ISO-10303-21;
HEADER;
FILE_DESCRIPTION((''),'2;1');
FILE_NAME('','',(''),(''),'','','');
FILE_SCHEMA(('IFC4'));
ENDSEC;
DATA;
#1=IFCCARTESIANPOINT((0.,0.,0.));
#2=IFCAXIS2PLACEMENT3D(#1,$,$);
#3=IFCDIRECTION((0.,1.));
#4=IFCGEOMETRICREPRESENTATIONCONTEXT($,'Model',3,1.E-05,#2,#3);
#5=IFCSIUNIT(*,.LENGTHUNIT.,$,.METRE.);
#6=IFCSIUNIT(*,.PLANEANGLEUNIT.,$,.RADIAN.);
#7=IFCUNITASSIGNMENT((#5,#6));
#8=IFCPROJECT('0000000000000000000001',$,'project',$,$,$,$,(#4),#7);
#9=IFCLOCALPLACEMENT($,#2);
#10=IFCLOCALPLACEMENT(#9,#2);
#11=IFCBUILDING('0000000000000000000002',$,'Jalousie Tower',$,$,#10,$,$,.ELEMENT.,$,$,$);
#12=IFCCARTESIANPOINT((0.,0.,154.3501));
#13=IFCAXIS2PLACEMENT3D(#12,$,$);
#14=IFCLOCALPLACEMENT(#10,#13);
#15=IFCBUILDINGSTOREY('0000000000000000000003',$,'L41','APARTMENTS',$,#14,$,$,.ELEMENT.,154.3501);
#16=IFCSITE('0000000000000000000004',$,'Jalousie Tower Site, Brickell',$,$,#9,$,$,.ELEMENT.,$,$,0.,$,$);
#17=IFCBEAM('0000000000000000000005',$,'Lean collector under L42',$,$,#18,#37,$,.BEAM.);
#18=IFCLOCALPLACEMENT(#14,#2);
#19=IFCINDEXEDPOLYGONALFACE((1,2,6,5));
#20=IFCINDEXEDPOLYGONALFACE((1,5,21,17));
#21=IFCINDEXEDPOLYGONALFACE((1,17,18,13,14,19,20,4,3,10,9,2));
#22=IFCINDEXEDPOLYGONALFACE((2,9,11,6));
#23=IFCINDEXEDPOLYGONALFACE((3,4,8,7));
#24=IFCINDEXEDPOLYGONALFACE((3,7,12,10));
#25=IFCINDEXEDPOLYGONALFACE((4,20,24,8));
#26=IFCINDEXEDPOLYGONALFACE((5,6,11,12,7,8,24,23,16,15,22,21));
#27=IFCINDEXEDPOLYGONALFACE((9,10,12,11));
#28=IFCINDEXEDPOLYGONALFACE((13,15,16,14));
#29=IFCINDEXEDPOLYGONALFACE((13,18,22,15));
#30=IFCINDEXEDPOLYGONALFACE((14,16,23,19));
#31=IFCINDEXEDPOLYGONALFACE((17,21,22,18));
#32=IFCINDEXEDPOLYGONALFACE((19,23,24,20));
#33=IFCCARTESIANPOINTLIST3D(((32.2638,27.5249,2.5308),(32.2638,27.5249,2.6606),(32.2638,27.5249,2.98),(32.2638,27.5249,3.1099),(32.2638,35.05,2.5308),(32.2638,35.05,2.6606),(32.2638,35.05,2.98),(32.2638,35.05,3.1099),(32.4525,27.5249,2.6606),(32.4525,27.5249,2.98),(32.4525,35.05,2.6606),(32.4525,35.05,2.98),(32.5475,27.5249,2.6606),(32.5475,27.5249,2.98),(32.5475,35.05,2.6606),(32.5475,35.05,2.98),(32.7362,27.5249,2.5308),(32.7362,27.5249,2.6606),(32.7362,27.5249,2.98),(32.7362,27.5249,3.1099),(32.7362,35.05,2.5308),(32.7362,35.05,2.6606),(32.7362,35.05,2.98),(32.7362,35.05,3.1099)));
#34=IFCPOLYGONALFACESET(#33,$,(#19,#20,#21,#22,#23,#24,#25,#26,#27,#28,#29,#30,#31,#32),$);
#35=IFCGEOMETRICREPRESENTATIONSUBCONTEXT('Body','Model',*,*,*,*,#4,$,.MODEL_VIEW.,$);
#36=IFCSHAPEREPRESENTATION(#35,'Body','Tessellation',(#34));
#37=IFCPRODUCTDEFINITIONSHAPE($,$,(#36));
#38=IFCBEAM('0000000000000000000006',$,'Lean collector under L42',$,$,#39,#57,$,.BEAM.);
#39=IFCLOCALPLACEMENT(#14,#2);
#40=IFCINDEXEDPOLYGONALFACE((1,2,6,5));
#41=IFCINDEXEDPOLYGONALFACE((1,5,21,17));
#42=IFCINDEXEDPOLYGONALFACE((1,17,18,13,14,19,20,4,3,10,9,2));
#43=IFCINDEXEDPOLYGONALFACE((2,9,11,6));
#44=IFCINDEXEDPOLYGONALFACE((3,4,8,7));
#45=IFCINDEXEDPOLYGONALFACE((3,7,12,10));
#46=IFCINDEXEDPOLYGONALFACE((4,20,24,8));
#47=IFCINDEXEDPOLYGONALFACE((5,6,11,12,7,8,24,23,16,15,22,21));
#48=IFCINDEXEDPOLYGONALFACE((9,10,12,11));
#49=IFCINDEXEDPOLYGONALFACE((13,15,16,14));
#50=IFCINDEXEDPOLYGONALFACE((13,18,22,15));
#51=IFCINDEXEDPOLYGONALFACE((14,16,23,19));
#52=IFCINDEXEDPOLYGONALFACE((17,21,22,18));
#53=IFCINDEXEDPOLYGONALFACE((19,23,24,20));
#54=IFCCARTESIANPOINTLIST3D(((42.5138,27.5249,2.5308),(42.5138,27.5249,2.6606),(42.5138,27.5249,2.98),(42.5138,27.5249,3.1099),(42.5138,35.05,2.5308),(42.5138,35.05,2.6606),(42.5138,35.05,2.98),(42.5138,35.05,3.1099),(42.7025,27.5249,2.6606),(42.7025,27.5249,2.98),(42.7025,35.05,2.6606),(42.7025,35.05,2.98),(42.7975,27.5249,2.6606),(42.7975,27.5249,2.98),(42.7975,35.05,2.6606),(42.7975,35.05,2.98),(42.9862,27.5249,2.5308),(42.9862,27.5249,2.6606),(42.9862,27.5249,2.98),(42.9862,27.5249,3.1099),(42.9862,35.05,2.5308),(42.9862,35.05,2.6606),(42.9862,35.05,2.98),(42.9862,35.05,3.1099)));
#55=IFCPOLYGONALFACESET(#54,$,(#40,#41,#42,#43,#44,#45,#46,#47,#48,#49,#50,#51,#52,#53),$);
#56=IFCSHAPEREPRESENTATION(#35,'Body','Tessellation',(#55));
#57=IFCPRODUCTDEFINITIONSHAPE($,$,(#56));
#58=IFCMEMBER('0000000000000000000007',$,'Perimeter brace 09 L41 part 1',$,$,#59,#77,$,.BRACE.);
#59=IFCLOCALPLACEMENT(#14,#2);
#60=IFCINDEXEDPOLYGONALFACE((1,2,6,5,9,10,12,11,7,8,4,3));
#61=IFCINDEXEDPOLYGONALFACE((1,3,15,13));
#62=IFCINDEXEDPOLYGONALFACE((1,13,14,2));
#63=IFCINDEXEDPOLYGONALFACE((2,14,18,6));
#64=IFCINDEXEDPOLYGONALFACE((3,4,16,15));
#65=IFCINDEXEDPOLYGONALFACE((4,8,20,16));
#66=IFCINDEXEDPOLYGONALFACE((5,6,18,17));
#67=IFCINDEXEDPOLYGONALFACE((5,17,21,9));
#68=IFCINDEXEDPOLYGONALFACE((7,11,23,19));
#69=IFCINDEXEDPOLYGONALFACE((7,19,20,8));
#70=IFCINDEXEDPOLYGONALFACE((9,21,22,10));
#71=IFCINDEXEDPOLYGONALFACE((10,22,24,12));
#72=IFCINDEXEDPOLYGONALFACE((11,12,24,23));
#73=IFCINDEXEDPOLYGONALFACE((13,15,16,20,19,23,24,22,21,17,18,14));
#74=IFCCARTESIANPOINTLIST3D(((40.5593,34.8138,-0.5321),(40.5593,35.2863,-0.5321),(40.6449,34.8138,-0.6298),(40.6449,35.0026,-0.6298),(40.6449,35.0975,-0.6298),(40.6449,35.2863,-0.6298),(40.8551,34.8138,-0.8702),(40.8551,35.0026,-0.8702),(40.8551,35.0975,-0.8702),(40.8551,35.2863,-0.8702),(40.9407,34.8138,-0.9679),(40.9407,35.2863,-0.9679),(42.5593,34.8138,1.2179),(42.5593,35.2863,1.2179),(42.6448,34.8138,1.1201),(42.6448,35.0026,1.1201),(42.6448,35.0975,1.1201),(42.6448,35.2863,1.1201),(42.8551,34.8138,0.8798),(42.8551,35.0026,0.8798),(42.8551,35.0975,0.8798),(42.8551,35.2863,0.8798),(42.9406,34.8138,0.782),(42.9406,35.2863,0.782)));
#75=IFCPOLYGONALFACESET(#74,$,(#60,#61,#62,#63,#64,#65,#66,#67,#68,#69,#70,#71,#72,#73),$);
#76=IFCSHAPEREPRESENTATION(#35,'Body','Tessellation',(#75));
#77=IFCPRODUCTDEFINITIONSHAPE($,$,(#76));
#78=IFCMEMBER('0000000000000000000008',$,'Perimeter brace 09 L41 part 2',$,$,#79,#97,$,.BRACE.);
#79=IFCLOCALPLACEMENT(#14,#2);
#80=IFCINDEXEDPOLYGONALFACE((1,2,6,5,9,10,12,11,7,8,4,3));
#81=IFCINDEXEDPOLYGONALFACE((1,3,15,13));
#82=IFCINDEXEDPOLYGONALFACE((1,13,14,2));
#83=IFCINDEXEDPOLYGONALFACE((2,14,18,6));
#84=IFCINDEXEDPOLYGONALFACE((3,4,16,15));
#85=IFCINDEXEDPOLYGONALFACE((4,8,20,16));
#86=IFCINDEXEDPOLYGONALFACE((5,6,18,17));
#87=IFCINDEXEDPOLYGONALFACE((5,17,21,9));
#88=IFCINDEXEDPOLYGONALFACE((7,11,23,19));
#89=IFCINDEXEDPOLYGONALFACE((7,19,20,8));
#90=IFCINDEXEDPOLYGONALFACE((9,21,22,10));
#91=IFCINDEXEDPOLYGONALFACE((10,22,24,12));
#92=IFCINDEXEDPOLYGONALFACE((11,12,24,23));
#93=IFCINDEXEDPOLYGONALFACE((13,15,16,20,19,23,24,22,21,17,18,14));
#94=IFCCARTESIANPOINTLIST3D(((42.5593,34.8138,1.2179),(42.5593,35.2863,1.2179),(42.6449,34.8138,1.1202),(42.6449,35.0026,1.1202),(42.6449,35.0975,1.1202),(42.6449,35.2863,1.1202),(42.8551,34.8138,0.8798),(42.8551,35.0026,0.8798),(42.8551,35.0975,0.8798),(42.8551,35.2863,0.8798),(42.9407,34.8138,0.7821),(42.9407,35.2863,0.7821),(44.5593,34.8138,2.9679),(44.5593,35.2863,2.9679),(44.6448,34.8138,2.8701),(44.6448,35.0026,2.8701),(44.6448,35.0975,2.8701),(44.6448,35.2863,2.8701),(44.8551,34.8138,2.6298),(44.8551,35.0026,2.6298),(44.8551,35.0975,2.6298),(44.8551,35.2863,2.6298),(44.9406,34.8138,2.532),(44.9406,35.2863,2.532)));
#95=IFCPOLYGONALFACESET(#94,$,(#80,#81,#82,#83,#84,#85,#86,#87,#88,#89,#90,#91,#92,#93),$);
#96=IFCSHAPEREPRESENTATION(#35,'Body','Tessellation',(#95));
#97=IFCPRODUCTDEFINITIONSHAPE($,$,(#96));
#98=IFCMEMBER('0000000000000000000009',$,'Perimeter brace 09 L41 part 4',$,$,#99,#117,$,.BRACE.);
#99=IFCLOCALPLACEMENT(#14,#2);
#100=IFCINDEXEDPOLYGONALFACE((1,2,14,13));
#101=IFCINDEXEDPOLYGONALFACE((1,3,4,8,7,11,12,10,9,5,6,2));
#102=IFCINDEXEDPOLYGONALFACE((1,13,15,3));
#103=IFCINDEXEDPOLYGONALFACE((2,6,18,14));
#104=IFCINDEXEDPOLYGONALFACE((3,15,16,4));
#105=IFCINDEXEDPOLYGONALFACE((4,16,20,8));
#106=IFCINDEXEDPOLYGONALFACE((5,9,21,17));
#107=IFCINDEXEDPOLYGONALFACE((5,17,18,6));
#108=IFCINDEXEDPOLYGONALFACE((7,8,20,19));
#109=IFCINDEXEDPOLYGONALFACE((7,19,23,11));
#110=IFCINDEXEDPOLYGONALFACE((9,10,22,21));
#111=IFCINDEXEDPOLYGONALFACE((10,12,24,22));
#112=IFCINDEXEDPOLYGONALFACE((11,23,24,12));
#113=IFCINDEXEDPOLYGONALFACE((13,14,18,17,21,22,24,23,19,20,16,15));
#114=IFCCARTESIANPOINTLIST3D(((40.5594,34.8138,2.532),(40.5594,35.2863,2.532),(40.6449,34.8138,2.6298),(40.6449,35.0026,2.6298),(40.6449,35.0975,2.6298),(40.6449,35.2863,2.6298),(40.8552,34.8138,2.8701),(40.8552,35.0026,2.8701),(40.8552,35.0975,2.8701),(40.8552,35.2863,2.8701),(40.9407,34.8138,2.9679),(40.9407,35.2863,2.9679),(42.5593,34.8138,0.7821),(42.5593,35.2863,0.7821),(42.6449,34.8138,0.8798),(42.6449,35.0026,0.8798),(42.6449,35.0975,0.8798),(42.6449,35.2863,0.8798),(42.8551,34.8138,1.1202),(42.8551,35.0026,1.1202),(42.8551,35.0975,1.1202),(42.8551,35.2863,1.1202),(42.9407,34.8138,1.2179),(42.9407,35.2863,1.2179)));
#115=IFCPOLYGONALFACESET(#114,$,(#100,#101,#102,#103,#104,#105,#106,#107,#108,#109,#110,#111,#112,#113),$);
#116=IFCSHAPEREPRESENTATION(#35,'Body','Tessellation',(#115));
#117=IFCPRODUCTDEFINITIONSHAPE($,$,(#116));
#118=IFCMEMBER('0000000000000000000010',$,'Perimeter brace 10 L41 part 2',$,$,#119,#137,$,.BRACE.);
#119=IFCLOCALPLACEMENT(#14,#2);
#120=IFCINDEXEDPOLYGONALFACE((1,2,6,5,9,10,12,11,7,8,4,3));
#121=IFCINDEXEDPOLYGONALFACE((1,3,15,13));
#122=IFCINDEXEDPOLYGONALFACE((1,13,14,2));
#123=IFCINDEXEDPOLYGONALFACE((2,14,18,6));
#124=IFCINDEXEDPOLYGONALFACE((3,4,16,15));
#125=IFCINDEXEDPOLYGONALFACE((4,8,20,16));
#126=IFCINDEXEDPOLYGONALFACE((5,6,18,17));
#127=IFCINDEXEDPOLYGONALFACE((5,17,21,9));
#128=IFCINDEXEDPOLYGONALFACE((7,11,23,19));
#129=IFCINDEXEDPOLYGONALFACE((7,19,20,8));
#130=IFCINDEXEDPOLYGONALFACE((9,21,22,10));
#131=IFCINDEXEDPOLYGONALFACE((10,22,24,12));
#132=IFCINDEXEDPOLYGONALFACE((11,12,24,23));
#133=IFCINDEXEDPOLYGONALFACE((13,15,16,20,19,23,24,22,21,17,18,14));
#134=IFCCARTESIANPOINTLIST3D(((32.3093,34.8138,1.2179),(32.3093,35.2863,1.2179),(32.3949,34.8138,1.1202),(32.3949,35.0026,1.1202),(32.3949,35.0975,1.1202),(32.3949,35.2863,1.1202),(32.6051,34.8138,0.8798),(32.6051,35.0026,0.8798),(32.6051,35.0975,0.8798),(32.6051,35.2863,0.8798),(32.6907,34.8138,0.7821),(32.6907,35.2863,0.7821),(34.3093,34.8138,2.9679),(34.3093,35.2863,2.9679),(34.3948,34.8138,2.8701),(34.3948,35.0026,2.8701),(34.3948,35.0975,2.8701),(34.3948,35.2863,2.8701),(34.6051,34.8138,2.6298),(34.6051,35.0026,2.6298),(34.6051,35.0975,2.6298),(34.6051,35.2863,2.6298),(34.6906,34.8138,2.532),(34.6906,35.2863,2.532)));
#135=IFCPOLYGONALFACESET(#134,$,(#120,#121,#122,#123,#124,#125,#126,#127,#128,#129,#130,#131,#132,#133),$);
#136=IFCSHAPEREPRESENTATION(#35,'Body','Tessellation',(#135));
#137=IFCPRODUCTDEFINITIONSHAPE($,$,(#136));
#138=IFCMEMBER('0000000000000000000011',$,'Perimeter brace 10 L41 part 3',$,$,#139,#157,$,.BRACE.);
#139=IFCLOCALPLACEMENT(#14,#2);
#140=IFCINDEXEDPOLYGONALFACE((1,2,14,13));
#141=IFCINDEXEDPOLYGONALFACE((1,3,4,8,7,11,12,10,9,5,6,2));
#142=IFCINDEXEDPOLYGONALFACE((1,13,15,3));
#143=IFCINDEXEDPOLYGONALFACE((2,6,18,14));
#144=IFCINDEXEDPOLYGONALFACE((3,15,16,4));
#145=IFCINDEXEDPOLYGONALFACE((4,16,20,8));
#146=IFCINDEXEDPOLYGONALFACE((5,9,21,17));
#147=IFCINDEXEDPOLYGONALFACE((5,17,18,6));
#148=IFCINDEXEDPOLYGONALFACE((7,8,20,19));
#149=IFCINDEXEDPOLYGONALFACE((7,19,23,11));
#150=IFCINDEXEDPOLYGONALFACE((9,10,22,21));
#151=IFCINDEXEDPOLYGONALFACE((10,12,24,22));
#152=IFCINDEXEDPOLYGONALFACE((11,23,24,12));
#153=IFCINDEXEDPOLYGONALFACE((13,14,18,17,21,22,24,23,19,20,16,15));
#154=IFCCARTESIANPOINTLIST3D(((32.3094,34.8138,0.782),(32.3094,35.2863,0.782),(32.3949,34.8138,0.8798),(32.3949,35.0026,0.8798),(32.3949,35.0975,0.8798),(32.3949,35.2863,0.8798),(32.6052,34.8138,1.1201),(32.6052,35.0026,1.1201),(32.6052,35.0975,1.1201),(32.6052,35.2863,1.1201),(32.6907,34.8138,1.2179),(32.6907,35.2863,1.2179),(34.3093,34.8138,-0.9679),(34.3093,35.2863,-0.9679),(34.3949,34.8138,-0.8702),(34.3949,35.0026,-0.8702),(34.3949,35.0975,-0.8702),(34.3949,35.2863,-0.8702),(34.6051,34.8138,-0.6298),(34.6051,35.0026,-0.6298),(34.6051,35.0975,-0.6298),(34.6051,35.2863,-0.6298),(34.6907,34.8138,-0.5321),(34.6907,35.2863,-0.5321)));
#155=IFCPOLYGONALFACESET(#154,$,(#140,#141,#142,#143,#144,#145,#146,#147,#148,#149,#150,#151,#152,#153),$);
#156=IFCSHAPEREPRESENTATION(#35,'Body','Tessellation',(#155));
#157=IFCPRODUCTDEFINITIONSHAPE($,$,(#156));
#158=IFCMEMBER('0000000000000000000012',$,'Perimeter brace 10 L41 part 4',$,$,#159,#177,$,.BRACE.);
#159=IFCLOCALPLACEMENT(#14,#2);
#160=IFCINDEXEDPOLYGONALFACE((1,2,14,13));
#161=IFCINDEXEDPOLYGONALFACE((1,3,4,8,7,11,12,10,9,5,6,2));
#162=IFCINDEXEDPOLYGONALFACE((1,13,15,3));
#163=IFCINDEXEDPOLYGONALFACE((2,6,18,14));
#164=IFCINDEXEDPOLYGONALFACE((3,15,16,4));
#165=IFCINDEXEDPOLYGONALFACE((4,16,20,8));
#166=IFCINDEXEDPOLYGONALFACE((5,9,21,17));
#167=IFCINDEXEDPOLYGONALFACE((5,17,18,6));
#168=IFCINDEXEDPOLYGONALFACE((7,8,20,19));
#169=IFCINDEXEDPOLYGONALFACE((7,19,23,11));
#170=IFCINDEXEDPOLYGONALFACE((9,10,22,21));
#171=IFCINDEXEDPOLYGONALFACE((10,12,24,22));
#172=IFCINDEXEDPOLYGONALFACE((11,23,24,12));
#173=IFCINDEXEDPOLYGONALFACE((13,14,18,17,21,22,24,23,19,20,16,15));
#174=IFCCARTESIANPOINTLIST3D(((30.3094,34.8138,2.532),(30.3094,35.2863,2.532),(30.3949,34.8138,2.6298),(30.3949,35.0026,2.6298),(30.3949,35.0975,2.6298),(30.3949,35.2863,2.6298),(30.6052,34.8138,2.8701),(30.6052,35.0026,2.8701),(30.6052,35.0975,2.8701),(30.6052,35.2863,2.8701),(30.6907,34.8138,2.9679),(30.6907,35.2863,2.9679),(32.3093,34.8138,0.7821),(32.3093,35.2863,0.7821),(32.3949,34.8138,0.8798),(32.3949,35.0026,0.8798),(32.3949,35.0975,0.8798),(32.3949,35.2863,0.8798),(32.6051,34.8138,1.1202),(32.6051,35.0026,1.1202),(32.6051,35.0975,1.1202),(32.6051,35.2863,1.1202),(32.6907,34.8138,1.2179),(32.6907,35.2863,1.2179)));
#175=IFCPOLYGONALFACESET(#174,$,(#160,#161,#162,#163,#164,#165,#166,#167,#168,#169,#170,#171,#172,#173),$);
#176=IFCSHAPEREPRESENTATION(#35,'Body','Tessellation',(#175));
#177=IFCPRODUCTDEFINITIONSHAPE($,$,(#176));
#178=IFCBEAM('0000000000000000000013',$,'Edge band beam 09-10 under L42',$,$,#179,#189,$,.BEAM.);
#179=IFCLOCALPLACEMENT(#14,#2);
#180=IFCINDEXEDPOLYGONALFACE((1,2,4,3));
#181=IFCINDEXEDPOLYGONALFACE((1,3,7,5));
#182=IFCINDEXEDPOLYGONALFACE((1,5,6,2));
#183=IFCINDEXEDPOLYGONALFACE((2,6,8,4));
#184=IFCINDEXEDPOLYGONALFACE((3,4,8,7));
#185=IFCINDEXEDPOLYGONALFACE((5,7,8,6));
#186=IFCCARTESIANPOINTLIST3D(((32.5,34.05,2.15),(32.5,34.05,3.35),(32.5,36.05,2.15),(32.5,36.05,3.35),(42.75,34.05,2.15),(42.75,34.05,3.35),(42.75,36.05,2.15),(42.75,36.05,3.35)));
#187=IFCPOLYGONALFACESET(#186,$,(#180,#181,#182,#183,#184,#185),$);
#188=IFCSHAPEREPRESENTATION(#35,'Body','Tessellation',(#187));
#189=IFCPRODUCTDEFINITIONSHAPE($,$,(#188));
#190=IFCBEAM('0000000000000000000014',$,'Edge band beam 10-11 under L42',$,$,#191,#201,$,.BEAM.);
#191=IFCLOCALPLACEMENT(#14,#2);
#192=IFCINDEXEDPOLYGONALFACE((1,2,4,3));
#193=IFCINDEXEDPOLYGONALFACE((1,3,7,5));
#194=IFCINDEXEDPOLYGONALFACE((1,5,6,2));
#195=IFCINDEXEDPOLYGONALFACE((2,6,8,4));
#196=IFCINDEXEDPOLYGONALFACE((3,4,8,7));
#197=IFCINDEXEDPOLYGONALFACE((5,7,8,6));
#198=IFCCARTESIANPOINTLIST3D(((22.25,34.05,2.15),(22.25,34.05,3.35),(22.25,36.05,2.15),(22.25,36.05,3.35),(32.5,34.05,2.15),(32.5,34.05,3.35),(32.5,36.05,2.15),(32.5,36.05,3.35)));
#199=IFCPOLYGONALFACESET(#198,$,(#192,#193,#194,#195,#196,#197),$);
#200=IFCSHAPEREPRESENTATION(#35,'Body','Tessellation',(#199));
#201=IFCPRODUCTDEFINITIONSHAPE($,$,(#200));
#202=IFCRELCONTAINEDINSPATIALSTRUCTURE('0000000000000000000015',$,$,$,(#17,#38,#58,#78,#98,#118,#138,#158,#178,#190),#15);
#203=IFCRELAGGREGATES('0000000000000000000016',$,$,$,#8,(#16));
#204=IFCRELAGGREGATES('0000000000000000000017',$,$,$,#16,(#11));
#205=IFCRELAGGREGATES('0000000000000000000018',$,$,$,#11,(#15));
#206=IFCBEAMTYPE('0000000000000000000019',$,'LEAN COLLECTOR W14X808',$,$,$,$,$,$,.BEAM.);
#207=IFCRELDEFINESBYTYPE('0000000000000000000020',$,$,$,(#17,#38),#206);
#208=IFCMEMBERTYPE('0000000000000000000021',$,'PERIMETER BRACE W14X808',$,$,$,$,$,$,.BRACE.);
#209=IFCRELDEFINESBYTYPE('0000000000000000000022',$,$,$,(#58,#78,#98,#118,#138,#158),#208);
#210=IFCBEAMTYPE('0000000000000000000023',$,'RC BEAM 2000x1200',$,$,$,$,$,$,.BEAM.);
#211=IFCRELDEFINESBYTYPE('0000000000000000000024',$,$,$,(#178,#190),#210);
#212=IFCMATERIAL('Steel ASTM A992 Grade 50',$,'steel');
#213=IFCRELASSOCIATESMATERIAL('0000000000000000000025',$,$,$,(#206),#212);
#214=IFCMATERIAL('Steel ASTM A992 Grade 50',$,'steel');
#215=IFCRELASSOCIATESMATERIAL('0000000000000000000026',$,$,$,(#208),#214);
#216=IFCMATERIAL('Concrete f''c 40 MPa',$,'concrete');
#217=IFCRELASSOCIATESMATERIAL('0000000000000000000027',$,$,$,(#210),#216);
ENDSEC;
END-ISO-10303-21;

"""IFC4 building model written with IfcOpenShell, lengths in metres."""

from ifc_helpers import new_model, si_unit, direction, frame, origin, origin_2d, place, context, subcontext, project, spatial, rectangle, i_section, extrude, material, material_profile, profile_set, type_object, element, save


model = new_model("IFC4")

# Units and contexts
model_context = context("Model", 3, precision=1e-05, world=origin(), true_north=direction((0.0, 1.0)))
body_context = subcontext(model_context, "Body", "Model", "MODEL_VIEW")
ifc_project = project(units=[si_unit("LENGTHUNIT", "METRE"), si_unit("PLANEANGLEUNIT", "RADIAN")], contexts=[model_context])

# Site, building, storey
site_placement = place(None, origin())
site = spatial("IfcSite", under=ifc_project, at=site_placement, Name="Jalousie Tower Site, Brickell", CompositionType="ELEMENT", RefElevation=0.0)
building_placement = place(site_placement, origin())
building = spatial("IfcBuilding", under=site, at=building_placement, Name="Jalousie Tower", CompositionType="ELEMENT")
storey_placement = place(building_placement, frame((0.0, 0.0, 154.3501)))
storey = spatial("IfcBuildingStorey", under=building, at=storey_placement, Name="L41", Description="APARTMENTS", CompositionType="ELEMENT", Elevation=154.3501)

# Beams
ifc_material_1 = material(Name="Steel ASTM A992 Grade 50", Category="steel")
ifc_material_profile_1 = material_profile(ifc_material_1, i_section(OverallWidth=0.4724, OverallDepth=0.5791, WebThickness=0.095, FlangeThickness=0.1299, at=origin_2d()), Name="W14X808")
ifc_profile_set_1 = profile_set([ifc_material_profile_1], Name="Steel ASTM A992 Grade 50")
beam_type_1 = type_object("IfcBeamType", Name="LEAN COLLECTOR W14X808", PredefinedType="BEAM", material=ifc_profile_set_1)
for number, where, z_axis, x_axis, name in (
    (1, (32.5, 35.05, 2.8203), (0.0, -1.0, 0.0), (1.0, 0.0, 0.0), "Lean collector under L42"),
    (2, (42.75, 35.05, 2.8203), (0.0, -1.0, 0.0), (1.0, 0.0, 0.0), "Lean collector under L42"),
):
    element("IfcBeam", number, at=place(storey_placement, frame(where, z_axis=z_axis, x_axis=x_axis)), inside=storey, type_object=beam_type_1, Name=name, PredefinedType="BEAM", context=body_context, shape_type="SweptSolid", body=[
        extrude(i_section(OverallWidth=0.4724, OverallDepth=0.5791, WebThickness=0.095, FlangeThickness=0.1299, at=origin_2d()), origin(), (0.0, 0.0, 1.0), 7.5251),
    ])

# Members
ifc_material_2 = material(Name="Steel ASTM A992 Grade 50", Category="steel")
ifc_material_profile_2 = material_profile(ifc_material_2, i_section(OverallWidth=0.4724, OverallDepth=0.5791, WebThickness=0.095, FlangeThickness=0.1299, at=origin_2d()), Name="W14X808")
ifc_profile_set_2 = profile_set([ifc_material_profile_2], Name="Steel ASTM A992 Grade 50")
member_type_1 = type_object("IfcMemberType", Name="PERIMETER BRACE W14X808", PredefinedType="BRACE", material=ifc_profile_set_2)
for number, where, z_axis, x_axis, name in (
    (3, (40.75, 35.05, -0.75), (0.752577, 0.0, 0.658505), (0.0, 1.0, 0.0), "Perimeter brace 09 L41 part 1"),
    (4, (42.75, 35.05, 1.0), (0.752577, 0.0, 0.658505), (0.0, 1.0, 0.0), "Perimeter brace 09 L41 part 2"),
    (5, (42.75, 35.05, 1.0), (-0.752577, 0.0, 0.658505), (0.0, -1.0, 0.0), "Perimeter brace 09 L41 part 4"),
    (6, (32.5, 35.05, 1.0), (0.752577, 0.0, 0.658505), (0.0, 1.0, 0.0), "Perimeter brace 10 L41 part 2"),
    (7, (34.5, 35.05, -0.75), (-0.752577, 0.0, 0.658505), (0.0, -1.0, 0.0), "Perimeter brace 10 L41 part 3"),
    (8, (32.5, 35.05, 1.0), (-0.752577, 0.0, 0.658505), (0.0, -1.0, 0.0), "Perimeter brace 10 L41 part 4"),
):
    element("IfcMember", number, at=place(storey_placement, frame(where, z_axis=z_axis, x_axis=x_axis)), inside=storey, type_object=member_type_1, Name=name, PredefinedType="BRACE", context=body_context, shape_type="SweptSolid", body=[
        extrude(i_section(OverallWidth=0.4724, OverallDepth=0.5791, WebThickness=0.095, FlangeThickness=0.1299, at=origin_2d()), origin(), (0.0, 0.0, 1.0), 2.6575),
    ])

# Beams
ifc_material_3 = material(Name="Concrete f'c 40 MPa", Category="concrete")
ifc_material_profile_3 = material_profile(ifc_material_3, rectangle(XDim=2.0, YDim=1.2, at=origin_2d()), Name="RC 2000x1200")
ifc_profile_set_3 = profile_set([ifc_material_profile_3], Name="Concrete f'c 40 MPa")
beam_type_2 = type_object("IfcBeamType", Name="RC BEAM 2000x1200", PredefinedType="BEAM", material=ifc_profile_set_3)
for number, where, z_axis, x_axis, name in (
    (9, (42.75, 35.05, 2.75), (-1.0, 0.0, 0.0), (0.0, -1.0, 0.0), "Edge band beam 09-10 under L42"),
    (10, (32.5, 35.05, 2.75), (-1.0, 0.0, 0.0), (0.0, -1.0, 0.0), "Edge band beam 10-11 under L42"),
):
    element("IfcBeam", number, at=place(storey_placement, frame(where, z_axis=z_axis, x_axis=x_axis)), inside=storey, type_object=beam_type_2, Name=name, PredefinedType="BEAM", context=body_context, shape_type="SweptSolid", body=[
        extrude(rectangle(XDim=2.0, YDim=1.2, at=origin_2d()), origin(), (0.0, 0.0, 1.0), 10.25),
    ])

save(model, "model.ifc")
